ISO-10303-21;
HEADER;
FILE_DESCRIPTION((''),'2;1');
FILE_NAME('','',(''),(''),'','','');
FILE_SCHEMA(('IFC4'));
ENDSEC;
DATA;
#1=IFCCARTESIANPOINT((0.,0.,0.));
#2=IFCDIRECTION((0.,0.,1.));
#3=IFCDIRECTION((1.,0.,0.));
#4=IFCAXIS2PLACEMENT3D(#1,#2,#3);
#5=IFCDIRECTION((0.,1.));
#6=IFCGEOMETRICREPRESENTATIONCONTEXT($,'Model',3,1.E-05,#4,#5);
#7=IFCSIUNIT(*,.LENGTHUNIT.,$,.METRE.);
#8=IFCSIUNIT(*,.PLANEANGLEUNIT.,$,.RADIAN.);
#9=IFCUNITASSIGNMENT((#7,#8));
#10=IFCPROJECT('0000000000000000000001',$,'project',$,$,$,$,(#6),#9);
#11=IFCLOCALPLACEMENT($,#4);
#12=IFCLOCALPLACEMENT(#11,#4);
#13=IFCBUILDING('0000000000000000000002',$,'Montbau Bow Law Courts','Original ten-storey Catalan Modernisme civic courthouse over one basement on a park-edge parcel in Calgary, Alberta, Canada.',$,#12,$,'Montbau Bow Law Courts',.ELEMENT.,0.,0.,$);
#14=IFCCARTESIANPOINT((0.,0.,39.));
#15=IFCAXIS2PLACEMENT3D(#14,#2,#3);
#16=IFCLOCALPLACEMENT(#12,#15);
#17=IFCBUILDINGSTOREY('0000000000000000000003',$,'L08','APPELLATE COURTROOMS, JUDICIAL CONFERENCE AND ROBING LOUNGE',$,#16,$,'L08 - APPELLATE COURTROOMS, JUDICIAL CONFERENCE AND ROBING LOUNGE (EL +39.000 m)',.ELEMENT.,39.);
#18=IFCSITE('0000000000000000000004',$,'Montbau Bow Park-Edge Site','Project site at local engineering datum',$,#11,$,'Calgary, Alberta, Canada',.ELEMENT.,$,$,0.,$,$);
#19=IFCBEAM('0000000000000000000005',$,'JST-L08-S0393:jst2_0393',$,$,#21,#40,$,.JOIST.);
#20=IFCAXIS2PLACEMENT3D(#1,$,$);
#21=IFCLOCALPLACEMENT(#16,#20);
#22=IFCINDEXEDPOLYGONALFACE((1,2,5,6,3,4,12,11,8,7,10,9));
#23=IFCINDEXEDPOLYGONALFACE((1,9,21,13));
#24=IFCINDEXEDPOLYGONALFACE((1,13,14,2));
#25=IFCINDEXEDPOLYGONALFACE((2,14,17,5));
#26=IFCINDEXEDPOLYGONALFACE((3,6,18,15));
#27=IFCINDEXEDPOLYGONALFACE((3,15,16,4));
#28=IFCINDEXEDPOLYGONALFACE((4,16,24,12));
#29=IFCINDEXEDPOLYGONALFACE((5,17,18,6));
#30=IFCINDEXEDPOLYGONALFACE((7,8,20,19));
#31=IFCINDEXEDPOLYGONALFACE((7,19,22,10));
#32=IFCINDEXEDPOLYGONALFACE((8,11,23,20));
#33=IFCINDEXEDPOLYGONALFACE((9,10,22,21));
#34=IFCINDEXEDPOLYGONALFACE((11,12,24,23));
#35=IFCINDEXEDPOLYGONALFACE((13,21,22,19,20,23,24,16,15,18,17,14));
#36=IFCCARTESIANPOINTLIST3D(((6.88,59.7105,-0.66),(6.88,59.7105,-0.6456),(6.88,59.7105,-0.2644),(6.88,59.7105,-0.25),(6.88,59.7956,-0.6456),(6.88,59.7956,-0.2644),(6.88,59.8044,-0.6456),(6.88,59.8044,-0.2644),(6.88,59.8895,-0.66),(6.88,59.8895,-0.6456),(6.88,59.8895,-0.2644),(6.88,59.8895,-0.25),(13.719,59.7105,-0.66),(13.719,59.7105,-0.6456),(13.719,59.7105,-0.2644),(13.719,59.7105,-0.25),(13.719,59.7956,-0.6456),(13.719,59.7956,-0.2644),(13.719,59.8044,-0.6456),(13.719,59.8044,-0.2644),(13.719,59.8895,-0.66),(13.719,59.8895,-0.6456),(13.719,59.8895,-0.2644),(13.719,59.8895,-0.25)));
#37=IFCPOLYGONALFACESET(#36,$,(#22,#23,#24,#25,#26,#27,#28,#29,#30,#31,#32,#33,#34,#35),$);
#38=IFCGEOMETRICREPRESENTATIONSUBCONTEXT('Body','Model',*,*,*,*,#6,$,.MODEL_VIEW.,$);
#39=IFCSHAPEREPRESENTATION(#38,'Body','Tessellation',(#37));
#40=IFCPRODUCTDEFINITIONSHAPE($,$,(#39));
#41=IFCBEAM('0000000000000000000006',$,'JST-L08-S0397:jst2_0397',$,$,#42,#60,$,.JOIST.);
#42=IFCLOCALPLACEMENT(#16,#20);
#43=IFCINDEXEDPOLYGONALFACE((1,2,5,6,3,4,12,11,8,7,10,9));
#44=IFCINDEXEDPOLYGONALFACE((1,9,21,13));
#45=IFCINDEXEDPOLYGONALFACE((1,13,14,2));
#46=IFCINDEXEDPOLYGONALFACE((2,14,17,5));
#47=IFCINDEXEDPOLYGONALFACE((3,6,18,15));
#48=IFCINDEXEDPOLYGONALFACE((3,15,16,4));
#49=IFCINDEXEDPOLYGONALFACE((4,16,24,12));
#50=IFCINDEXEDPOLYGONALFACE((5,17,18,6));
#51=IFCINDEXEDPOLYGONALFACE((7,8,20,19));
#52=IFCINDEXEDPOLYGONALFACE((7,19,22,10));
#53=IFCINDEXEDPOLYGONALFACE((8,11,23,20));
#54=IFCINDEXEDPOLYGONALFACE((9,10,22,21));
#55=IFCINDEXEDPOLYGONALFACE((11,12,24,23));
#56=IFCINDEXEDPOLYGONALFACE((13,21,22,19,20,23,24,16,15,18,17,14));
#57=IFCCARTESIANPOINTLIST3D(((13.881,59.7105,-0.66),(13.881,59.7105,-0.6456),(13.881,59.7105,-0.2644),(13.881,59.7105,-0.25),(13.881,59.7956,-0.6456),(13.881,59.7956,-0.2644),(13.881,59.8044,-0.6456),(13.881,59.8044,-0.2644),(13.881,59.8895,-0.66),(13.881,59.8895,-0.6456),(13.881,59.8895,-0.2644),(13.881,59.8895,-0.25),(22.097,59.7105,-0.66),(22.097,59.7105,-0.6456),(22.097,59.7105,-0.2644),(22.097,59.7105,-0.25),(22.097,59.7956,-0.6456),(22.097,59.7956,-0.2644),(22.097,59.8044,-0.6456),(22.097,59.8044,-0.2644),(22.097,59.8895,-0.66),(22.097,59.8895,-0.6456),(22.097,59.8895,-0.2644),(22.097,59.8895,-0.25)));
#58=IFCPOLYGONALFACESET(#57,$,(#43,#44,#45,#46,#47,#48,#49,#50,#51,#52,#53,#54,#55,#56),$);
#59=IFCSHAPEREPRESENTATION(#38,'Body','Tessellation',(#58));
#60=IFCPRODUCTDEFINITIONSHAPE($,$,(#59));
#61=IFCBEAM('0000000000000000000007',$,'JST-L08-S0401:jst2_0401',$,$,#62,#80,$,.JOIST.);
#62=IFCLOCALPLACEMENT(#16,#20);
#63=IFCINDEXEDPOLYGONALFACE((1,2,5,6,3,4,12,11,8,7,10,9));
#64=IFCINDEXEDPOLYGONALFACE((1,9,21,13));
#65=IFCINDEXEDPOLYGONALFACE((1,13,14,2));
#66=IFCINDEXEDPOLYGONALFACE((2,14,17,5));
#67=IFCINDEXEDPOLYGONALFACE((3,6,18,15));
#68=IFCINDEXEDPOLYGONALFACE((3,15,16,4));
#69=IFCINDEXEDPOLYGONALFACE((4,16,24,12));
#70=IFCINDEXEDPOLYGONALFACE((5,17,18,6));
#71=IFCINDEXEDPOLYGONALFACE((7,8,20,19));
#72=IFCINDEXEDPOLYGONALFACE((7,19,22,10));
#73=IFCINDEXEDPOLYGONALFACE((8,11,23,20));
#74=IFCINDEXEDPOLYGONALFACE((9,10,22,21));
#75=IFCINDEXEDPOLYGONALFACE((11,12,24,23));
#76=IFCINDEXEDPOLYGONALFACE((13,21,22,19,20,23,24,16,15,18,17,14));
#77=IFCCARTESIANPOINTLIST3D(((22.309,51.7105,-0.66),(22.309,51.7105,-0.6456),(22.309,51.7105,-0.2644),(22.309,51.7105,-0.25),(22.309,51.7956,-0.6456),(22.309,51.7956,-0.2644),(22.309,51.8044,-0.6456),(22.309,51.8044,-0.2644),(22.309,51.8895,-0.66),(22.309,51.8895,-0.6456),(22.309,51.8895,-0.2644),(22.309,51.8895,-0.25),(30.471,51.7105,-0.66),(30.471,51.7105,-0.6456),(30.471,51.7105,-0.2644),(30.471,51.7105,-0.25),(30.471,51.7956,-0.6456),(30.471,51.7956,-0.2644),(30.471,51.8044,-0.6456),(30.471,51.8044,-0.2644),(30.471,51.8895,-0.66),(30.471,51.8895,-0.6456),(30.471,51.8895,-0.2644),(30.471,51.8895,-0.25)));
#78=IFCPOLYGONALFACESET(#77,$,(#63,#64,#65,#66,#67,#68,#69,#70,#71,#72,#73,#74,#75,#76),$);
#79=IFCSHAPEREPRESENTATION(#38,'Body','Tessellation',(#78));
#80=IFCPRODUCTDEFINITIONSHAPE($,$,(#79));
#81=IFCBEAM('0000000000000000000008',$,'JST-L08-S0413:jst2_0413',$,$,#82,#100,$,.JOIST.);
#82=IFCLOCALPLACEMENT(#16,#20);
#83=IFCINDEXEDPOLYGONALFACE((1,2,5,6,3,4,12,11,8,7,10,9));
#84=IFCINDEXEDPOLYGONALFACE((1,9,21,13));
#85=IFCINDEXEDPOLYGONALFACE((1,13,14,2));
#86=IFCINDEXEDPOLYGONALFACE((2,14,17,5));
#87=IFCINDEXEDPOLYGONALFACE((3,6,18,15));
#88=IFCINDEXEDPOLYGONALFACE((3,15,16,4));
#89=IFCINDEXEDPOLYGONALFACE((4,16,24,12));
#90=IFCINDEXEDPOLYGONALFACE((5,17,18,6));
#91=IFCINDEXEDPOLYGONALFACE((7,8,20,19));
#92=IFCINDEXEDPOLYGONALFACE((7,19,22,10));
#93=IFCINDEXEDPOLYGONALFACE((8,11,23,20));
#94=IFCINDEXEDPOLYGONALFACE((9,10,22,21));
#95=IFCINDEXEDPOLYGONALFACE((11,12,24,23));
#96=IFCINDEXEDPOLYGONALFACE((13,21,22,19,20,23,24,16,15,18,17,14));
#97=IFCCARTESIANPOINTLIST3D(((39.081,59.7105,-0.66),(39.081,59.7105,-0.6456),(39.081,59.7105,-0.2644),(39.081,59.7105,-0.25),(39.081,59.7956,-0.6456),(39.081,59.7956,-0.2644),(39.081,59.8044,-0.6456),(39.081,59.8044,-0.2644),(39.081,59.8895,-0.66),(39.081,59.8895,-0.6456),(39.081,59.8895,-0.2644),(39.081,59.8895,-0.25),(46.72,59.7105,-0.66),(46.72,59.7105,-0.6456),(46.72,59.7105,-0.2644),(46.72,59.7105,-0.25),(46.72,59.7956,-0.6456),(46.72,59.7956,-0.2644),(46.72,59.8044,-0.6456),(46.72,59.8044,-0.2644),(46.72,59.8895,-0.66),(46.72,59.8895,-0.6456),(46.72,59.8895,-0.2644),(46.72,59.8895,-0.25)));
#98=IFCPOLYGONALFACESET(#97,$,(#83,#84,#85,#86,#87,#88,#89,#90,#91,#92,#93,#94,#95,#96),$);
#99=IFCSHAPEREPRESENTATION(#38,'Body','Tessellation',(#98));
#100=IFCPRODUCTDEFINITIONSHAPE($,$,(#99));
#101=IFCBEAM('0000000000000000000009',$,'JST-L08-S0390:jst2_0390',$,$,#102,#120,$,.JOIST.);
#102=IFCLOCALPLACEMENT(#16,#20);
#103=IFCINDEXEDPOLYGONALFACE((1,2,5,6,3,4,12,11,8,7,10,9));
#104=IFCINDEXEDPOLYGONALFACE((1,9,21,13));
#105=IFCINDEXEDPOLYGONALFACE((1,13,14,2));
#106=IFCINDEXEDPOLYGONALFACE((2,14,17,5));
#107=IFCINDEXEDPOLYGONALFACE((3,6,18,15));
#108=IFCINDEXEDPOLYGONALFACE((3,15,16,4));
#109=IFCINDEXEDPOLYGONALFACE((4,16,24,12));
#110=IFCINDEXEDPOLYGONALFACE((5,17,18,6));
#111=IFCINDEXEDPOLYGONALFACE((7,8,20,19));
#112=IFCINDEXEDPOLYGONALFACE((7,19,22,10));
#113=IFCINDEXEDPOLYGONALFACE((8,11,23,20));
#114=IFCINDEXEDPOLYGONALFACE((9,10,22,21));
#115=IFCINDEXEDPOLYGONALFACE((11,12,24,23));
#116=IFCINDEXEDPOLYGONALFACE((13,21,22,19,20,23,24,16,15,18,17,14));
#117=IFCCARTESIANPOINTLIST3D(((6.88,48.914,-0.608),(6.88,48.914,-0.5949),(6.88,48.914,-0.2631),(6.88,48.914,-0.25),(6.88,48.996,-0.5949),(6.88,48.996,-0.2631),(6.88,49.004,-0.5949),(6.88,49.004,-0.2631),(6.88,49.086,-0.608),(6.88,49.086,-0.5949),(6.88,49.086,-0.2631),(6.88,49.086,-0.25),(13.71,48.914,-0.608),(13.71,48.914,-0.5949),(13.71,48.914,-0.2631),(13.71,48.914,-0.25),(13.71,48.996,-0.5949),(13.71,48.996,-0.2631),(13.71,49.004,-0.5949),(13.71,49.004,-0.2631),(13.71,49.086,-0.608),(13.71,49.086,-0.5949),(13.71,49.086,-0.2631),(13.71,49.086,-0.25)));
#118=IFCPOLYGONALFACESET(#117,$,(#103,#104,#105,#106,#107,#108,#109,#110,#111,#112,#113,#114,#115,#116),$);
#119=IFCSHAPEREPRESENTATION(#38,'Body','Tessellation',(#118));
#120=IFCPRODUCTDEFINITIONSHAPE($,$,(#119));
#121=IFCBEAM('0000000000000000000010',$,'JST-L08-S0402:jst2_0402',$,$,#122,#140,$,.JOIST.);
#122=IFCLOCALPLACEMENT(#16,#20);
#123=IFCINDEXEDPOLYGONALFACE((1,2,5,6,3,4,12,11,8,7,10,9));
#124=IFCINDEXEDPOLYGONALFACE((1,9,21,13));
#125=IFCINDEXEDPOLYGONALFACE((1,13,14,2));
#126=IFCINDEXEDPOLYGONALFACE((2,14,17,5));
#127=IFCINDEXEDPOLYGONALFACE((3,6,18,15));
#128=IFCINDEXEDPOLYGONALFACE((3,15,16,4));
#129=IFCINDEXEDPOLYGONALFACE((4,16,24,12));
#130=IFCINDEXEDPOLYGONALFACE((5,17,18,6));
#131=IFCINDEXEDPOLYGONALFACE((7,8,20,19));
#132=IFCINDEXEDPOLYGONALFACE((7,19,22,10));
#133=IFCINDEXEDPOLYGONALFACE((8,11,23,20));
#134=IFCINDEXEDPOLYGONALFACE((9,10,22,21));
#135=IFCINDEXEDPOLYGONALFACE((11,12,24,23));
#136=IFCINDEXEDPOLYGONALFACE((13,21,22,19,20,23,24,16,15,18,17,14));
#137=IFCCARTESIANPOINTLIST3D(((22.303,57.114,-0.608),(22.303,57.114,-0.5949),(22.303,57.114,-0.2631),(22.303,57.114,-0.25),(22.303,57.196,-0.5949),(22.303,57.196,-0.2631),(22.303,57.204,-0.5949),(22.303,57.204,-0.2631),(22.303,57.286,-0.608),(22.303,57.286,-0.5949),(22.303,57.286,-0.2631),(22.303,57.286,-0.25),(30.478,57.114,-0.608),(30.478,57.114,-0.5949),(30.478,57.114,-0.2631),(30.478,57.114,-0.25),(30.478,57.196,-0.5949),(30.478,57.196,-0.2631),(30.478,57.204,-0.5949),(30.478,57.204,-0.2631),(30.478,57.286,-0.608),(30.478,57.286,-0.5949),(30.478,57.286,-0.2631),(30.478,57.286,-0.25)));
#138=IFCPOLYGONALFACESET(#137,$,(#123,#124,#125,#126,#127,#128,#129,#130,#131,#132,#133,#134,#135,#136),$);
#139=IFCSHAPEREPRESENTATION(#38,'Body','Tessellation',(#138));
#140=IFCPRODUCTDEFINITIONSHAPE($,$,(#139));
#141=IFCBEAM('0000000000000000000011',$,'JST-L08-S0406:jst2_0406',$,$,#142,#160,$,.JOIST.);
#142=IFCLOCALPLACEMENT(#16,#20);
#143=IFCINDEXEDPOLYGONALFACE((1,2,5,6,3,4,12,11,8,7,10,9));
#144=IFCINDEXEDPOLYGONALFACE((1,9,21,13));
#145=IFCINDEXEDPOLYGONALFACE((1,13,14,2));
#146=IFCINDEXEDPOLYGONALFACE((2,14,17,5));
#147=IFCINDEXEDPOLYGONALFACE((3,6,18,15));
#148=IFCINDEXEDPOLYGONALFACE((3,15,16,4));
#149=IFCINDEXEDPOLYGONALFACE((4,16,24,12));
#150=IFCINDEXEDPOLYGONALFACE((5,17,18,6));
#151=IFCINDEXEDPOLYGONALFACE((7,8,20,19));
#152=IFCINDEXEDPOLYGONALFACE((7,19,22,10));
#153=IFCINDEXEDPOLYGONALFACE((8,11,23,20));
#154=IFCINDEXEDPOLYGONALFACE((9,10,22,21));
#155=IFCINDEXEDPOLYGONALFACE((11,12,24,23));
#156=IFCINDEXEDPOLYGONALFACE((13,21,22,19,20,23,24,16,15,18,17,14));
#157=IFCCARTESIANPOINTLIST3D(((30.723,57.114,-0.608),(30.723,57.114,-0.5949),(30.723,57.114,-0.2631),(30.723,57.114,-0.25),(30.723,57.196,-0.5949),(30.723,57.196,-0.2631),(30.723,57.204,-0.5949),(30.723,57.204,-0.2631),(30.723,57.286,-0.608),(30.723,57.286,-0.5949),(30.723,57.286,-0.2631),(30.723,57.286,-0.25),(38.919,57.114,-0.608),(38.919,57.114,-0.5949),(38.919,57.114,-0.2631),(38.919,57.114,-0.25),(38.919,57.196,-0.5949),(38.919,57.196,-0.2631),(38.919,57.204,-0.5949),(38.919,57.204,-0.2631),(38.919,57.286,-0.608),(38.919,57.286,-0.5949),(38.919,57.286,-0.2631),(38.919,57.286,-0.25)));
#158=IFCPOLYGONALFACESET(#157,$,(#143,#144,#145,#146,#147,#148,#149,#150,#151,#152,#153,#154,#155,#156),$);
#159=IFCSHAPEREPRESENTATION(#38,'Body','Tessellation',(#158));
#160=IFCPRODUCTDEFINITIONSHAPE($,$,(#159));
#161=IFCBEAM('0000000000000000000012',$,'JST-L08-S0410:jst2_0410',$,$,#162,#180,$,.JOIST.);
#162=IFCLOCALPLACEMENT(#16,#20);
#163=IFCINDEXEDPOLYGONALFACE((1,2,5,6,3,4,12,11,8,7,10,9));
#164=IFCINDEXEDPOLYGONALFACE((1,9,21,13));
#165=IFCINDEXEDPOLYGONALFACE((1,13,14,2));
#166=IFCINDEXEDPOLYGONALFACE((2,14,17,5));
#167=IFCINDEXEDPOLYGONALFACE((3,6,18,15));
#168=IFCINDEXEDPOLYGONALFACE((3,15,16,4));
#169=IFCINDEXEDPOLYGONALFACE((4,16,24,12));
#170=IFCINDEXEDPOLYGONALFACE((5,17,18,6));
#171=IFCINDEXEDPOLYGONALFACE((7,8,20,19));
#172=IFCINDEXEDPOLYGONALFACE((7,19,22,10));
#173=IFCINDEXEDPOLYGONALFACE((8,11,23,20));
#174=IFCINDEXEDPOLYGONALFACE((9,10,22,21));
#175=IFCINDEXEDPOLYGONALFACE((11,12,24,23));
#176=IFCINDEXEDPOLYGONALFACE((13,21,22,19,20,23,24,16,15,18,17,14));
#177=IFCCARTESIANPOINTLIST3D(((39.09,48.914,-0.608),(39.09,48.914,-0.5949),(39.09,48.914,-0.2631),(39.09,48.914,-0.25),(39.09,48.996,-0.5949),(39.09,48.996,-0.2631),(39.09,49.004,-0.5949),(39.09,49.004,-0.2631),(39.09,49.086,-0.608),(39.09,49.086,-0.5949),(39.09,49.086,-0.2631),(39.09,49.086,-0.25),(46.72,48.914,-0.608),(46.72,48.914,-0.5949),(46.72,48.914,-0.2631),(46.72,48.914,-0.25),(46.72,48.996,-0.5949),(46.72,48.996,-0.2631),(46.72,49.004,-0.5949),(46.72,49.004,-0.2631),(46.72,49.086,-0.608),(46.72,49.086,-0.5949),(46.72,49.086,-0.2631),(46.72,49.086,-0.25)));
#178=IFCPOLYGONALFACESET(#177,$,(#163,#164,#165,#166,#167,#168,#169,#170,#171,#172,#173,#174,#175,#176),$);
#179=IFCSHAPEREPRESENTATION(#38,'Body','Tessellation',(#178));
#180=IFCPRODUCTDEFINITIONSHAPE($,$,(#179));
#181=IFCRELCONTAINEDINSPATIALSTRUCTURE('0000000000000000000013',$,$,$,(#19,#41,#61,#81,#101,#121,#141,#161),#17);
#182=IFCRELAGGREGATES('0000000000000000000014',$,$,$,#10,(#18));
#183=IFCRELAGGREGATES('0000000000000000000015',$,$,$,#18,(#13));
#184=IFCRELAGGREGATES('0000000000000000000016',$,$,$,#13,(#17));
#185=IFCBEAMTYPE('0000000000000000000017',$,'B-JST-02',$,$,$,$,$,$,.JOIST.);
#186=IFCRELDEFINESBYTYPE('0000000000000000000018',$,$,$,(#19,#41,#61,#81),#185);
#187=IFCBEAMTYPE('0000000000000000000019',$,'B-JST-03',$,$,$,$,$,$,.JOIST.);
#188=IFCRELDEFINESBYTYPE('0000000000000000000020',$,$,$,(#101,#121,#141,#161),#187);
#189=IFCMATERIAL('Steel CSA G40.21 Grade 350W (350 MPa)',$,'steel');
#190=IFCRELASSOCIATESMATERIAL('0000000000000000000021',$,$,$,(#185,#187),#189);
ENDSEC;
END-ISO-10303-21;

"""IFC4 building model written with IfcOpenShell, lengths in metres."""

from ifc_helpers import new_model, si_unit, direction, frame, origin_with_axes, origin_2d_with_axis, place, context, subcontext, project, spatial, i_section, extrude, material, material_profile, profile_set, type_object, element, save


model = new_model("IFC4")

# Units and contexts
model_context = context("Model", 3, precision=1e-05, world=origin_with_axes(), true_north=direction((0.0, 1.0)))
body_context = subcontext(model_context, "Body", "Model", "MODEL_VIEW")
ifc_project = project(units=[si_unit("LENGTHUNIT", "METRE"), si_unit("PLANEANGLEUNIT", "RADIAN")], contexts=[model_context])

# Site, building, storey
site_placement = place(None, origin_with_axes())
site = spatial("IfcSite", under=ifc_project, at=site_placement, Name="Montbau Bow Park-Edge Site", Description="Project site at local engineering datum", LongName="Calgary, Alberta, Canada", CompositionType="ELEMENT", RefElevation=0.0)
building_placement = place(site_placement, origin_with_axes())
building = spatial("IfcBuilding", under=site, at=building_placement, Name="Montbau Bow Law Courts", Description="Original ten-storey Catalan Modernisme civic courthouse over one basement on a park-edge parcel in Calgary, Alberta, Canada.", LongName="Montbau Bow Law Courts", CompositionType="ELEMENT", ElevationOfRefHeight=0.0, ElevationOfTerrain=0.0)
storey_placement = place(building_placement, frame((0.0, 0.0, 39.0), z_axis=(0.0, 0.0, 1.0), x_axis=(1.0, 0.0, 0.0)))
storey = spatial("IfcBuildingStorey", under=building, at=storey_placement, Name="L08", Description="APPELLATE COURTROOMS, JUDICIAL CONFERENCE AND ROBING LOUNGE", LongName="L08 - APPELLATE COURTROOMS, JUDICIAL CONFERENCE AND ROBING LOUNGE (EL +39.000 m)", CompositionType="ELEMENT", Elevation=39.0)

# Beams
ifc_material_1 = material(Name="Steel CSA G40.21 Grade 350W (350 MPa)", Category="steel")
ifc_material_profile_1 = material_profile(ifc_material_1, i_section(OverallWidth=0.179, OverallDepth=0.41, WebThickness=0.0088, FlangeThickness=0.0144, at=origin_2d_with_axis()), Name="W410X67", Category="Main", Priority=0)
ifc_profile_set_1 = profile_set([ifc_material_profile_1], Name="Steel CSA G40.21 Grade 350W (350 MPa)")
beam_type_1 = type_object("IfcBeamType", Name="B-JST-02", PredefinedType="JOIST", material=ifc_profile_set_1)
beam_1_placement = place(None, frame((6.88, 59.8, 38.545), z_axis=(1.0, 0.0, 0.0), x_axis=(0.0, 1.0, 0.0)))
element("IfcBeam", 1, at=beam_1_placement, inside=storey, type_object=beam_type_1, Name="JST-L08-S0393:jst2_0393", PredefinedType="JOIST", context=body_context, shape_type="SweptSolid", body=[
    extrude(i_section(OverallWidth=0.179, OverallDepth=0.41, WebThickness=0.0088, FlangeThickness=0.0144, at=origin_2d_with_axis()), origin_with_axes(), (0.0, 0.0, 1.0), 6.839),
])
beam_2_placement = place(None, frame((13.881, 59.8, 38.545), z_axis=(1.0, 0.0, 0.0), x_axis=(0.0, 1.0, 0.0)))
element("IfcBeam", 2, at=beam_2_placement, inside=storey, type_object=beam_type_1, Name="JST-L08-S0397:jst2_0397", PredefinedType="JOIST", context=body_context, shape_type="SweptSolid", body=[
    extrude(i_section(OverallWidth=0.179, OverallDepth=0.41, WebThickness=0.0088, FlangeThickness=0.0144, at=origin_2d_with_axis()), origin_with_axes(), (0.0, 0.0, 1.0), 8.216),
])
beam_3_placement = place(None, frame((22.309, 51.8, 38.545), z_axis=(1.0, 0.0, 0.0), x_axis=(0.0, 1.0, 0.0)))
element("IfcBeam", 3, at=beam_3_placement, inside=storey, type_object=beam_type_1, Name="JST-L08-S0401:jst2_0401", PredefinedType="JOIST", context=body_context, shape_type="SweptSolid", body=[
    extrude(i_section(OverallWidth=0.179, OverallDepth=0.41, WebThickness=0.0088, FlangeThickness=0.0144, at=origin_2d_with_axis()), origin_with_axes(), (0.0, 0.0, 1.0), 8.162),
])
beam_4_placement = place(None, frame((39.081, 59.8, 38.545), z_axis=(1.0, 0.0, 0.0), x_axis=(0.0, 1.0, 0.0)))
element("IfcBeam", 4, at=beam_4_placement, inside=storey, type_object=beam_type_1, Name="JST-L08-S0413:jst2_0413", PredefinedType="JOIST", context=body_context, shape_type="SweptSolid", body=[
    extrude(i_section(OverallWidth=0.179, OverallDepth=0.41, WebThickness=0.0088, FlangeThickness=0.0144, at=origin_2d_with_axis()), origin_with_axes(), (0.0, 0.0, 1.0), 7.639),
])
ifc_material_profile_2 = material_profile(ifc_material_1, i_section(OverallWidth=0.172, OverallDepth=0.358, WebThickness=0.0079, FlangeThickness=0.0131, at=origin_2d_with_axis()), Name="W360X57", Category="Main", Priority=0)
ifc_profile_set_2 = profile_set([ifc_material_profile_2], Name="Steel CSA G40.21 Grade 350W (350 MPa)")
beam_type_2 = type_object("IfcBeamType", Name="B-JST-03", PredefinedType="JOIST", material=ifc_profile_set_2)
beam_5_placement = place(None, frame((6.88, 49.0, 38.571), z_axis=(1.0, 0.0, 0.0), x_axis=(0.0, 1.0, 0.0)))
element("IfcBeam", 5, at=beam_5_placement, inside=storey, type_object=beam_type_2, Name="JST-L08-S0390:jst2_0390", PredefinedType="JOIST", context=body_context, shape_type="SweptSolid", body=[
    extrude(i_section(OverallWidth=0.172, OverallDepth=0.358, WebThickness=0.0079, FlangeThickness=0.0131, at=origin_2d_with_axis()), origin_with_axes(), (0.0, 0.0, 1.0), 6.83),
])
beam_6_placement = place(None, frame((22.303, 57.2, 38.571), z_axis=(1.0, 0.0, 0.0), x_axis=(0.0, 1.0, 0.0)))
element("IfcBeam", 6, at=beam_6_placement, inside=storey, type_object=beam_type_2, Name="JST-L08-S0402:jst2_0402", PredefinedType="JOIST", context=body_context, shape_type="SweptSolid", body=[
    extrude(i_section(OverallWidth=0.172, OverallDepth=0.358, WebThickness=0.0079, FlangeThickness=0.0131, at=origin_2d_with_axis()), origin_with_axes(), (0.0, 0.0, 1.0), 8.175),
])
beam_7_placement = place(None, frame((30.723, 57.2, 38.571), z_axis=(1.0, 0.0, 0.0), x_axis=(0.0, 1.0, 0.0)))
element("IfcBeam", 7, at=beam_7_placement, inside=storey, type_object=beam_type_2, Name="JST-L08-S0406:jst2_0406", PredefinedType="JOIST", context=body_context, shape_type="SweptSolid", body=[
    extrude(i_section(OverallWidth=0.172, OverallDepth=0.358, WebThickness=0.0079, FlangeThickness=0.0131, at=origin_2d_with_axis()), origin_with_axes(), (0.0, 0.0, 1.0), 8.196),
])
beam_8_placement = place(None, frame((39.09, 49.0, 38.571), z_axis=(1.0, 0.0, 0.0), x_axis=(0.0, 1.0, 0.0)))
element("IfcBeam", 8, at=beam_8_placement, inside=storey, type_object=beam_type_2, Name="JST-L08-S0410:jst2_0410", PredefinedType="JOIST", context=body_context, shape_type="SweptSolid", body=[
    extrude(i_section(OverallWidth=0.172, OverallDepth=0.358, WebThickness=0.0079, FlangeThickness=0.0131, at=origin_2d_with_axis()), origin_with_axes(), (0.0, 0.0, 1.0), 7.63),
])

save(model, "model.ifc")
